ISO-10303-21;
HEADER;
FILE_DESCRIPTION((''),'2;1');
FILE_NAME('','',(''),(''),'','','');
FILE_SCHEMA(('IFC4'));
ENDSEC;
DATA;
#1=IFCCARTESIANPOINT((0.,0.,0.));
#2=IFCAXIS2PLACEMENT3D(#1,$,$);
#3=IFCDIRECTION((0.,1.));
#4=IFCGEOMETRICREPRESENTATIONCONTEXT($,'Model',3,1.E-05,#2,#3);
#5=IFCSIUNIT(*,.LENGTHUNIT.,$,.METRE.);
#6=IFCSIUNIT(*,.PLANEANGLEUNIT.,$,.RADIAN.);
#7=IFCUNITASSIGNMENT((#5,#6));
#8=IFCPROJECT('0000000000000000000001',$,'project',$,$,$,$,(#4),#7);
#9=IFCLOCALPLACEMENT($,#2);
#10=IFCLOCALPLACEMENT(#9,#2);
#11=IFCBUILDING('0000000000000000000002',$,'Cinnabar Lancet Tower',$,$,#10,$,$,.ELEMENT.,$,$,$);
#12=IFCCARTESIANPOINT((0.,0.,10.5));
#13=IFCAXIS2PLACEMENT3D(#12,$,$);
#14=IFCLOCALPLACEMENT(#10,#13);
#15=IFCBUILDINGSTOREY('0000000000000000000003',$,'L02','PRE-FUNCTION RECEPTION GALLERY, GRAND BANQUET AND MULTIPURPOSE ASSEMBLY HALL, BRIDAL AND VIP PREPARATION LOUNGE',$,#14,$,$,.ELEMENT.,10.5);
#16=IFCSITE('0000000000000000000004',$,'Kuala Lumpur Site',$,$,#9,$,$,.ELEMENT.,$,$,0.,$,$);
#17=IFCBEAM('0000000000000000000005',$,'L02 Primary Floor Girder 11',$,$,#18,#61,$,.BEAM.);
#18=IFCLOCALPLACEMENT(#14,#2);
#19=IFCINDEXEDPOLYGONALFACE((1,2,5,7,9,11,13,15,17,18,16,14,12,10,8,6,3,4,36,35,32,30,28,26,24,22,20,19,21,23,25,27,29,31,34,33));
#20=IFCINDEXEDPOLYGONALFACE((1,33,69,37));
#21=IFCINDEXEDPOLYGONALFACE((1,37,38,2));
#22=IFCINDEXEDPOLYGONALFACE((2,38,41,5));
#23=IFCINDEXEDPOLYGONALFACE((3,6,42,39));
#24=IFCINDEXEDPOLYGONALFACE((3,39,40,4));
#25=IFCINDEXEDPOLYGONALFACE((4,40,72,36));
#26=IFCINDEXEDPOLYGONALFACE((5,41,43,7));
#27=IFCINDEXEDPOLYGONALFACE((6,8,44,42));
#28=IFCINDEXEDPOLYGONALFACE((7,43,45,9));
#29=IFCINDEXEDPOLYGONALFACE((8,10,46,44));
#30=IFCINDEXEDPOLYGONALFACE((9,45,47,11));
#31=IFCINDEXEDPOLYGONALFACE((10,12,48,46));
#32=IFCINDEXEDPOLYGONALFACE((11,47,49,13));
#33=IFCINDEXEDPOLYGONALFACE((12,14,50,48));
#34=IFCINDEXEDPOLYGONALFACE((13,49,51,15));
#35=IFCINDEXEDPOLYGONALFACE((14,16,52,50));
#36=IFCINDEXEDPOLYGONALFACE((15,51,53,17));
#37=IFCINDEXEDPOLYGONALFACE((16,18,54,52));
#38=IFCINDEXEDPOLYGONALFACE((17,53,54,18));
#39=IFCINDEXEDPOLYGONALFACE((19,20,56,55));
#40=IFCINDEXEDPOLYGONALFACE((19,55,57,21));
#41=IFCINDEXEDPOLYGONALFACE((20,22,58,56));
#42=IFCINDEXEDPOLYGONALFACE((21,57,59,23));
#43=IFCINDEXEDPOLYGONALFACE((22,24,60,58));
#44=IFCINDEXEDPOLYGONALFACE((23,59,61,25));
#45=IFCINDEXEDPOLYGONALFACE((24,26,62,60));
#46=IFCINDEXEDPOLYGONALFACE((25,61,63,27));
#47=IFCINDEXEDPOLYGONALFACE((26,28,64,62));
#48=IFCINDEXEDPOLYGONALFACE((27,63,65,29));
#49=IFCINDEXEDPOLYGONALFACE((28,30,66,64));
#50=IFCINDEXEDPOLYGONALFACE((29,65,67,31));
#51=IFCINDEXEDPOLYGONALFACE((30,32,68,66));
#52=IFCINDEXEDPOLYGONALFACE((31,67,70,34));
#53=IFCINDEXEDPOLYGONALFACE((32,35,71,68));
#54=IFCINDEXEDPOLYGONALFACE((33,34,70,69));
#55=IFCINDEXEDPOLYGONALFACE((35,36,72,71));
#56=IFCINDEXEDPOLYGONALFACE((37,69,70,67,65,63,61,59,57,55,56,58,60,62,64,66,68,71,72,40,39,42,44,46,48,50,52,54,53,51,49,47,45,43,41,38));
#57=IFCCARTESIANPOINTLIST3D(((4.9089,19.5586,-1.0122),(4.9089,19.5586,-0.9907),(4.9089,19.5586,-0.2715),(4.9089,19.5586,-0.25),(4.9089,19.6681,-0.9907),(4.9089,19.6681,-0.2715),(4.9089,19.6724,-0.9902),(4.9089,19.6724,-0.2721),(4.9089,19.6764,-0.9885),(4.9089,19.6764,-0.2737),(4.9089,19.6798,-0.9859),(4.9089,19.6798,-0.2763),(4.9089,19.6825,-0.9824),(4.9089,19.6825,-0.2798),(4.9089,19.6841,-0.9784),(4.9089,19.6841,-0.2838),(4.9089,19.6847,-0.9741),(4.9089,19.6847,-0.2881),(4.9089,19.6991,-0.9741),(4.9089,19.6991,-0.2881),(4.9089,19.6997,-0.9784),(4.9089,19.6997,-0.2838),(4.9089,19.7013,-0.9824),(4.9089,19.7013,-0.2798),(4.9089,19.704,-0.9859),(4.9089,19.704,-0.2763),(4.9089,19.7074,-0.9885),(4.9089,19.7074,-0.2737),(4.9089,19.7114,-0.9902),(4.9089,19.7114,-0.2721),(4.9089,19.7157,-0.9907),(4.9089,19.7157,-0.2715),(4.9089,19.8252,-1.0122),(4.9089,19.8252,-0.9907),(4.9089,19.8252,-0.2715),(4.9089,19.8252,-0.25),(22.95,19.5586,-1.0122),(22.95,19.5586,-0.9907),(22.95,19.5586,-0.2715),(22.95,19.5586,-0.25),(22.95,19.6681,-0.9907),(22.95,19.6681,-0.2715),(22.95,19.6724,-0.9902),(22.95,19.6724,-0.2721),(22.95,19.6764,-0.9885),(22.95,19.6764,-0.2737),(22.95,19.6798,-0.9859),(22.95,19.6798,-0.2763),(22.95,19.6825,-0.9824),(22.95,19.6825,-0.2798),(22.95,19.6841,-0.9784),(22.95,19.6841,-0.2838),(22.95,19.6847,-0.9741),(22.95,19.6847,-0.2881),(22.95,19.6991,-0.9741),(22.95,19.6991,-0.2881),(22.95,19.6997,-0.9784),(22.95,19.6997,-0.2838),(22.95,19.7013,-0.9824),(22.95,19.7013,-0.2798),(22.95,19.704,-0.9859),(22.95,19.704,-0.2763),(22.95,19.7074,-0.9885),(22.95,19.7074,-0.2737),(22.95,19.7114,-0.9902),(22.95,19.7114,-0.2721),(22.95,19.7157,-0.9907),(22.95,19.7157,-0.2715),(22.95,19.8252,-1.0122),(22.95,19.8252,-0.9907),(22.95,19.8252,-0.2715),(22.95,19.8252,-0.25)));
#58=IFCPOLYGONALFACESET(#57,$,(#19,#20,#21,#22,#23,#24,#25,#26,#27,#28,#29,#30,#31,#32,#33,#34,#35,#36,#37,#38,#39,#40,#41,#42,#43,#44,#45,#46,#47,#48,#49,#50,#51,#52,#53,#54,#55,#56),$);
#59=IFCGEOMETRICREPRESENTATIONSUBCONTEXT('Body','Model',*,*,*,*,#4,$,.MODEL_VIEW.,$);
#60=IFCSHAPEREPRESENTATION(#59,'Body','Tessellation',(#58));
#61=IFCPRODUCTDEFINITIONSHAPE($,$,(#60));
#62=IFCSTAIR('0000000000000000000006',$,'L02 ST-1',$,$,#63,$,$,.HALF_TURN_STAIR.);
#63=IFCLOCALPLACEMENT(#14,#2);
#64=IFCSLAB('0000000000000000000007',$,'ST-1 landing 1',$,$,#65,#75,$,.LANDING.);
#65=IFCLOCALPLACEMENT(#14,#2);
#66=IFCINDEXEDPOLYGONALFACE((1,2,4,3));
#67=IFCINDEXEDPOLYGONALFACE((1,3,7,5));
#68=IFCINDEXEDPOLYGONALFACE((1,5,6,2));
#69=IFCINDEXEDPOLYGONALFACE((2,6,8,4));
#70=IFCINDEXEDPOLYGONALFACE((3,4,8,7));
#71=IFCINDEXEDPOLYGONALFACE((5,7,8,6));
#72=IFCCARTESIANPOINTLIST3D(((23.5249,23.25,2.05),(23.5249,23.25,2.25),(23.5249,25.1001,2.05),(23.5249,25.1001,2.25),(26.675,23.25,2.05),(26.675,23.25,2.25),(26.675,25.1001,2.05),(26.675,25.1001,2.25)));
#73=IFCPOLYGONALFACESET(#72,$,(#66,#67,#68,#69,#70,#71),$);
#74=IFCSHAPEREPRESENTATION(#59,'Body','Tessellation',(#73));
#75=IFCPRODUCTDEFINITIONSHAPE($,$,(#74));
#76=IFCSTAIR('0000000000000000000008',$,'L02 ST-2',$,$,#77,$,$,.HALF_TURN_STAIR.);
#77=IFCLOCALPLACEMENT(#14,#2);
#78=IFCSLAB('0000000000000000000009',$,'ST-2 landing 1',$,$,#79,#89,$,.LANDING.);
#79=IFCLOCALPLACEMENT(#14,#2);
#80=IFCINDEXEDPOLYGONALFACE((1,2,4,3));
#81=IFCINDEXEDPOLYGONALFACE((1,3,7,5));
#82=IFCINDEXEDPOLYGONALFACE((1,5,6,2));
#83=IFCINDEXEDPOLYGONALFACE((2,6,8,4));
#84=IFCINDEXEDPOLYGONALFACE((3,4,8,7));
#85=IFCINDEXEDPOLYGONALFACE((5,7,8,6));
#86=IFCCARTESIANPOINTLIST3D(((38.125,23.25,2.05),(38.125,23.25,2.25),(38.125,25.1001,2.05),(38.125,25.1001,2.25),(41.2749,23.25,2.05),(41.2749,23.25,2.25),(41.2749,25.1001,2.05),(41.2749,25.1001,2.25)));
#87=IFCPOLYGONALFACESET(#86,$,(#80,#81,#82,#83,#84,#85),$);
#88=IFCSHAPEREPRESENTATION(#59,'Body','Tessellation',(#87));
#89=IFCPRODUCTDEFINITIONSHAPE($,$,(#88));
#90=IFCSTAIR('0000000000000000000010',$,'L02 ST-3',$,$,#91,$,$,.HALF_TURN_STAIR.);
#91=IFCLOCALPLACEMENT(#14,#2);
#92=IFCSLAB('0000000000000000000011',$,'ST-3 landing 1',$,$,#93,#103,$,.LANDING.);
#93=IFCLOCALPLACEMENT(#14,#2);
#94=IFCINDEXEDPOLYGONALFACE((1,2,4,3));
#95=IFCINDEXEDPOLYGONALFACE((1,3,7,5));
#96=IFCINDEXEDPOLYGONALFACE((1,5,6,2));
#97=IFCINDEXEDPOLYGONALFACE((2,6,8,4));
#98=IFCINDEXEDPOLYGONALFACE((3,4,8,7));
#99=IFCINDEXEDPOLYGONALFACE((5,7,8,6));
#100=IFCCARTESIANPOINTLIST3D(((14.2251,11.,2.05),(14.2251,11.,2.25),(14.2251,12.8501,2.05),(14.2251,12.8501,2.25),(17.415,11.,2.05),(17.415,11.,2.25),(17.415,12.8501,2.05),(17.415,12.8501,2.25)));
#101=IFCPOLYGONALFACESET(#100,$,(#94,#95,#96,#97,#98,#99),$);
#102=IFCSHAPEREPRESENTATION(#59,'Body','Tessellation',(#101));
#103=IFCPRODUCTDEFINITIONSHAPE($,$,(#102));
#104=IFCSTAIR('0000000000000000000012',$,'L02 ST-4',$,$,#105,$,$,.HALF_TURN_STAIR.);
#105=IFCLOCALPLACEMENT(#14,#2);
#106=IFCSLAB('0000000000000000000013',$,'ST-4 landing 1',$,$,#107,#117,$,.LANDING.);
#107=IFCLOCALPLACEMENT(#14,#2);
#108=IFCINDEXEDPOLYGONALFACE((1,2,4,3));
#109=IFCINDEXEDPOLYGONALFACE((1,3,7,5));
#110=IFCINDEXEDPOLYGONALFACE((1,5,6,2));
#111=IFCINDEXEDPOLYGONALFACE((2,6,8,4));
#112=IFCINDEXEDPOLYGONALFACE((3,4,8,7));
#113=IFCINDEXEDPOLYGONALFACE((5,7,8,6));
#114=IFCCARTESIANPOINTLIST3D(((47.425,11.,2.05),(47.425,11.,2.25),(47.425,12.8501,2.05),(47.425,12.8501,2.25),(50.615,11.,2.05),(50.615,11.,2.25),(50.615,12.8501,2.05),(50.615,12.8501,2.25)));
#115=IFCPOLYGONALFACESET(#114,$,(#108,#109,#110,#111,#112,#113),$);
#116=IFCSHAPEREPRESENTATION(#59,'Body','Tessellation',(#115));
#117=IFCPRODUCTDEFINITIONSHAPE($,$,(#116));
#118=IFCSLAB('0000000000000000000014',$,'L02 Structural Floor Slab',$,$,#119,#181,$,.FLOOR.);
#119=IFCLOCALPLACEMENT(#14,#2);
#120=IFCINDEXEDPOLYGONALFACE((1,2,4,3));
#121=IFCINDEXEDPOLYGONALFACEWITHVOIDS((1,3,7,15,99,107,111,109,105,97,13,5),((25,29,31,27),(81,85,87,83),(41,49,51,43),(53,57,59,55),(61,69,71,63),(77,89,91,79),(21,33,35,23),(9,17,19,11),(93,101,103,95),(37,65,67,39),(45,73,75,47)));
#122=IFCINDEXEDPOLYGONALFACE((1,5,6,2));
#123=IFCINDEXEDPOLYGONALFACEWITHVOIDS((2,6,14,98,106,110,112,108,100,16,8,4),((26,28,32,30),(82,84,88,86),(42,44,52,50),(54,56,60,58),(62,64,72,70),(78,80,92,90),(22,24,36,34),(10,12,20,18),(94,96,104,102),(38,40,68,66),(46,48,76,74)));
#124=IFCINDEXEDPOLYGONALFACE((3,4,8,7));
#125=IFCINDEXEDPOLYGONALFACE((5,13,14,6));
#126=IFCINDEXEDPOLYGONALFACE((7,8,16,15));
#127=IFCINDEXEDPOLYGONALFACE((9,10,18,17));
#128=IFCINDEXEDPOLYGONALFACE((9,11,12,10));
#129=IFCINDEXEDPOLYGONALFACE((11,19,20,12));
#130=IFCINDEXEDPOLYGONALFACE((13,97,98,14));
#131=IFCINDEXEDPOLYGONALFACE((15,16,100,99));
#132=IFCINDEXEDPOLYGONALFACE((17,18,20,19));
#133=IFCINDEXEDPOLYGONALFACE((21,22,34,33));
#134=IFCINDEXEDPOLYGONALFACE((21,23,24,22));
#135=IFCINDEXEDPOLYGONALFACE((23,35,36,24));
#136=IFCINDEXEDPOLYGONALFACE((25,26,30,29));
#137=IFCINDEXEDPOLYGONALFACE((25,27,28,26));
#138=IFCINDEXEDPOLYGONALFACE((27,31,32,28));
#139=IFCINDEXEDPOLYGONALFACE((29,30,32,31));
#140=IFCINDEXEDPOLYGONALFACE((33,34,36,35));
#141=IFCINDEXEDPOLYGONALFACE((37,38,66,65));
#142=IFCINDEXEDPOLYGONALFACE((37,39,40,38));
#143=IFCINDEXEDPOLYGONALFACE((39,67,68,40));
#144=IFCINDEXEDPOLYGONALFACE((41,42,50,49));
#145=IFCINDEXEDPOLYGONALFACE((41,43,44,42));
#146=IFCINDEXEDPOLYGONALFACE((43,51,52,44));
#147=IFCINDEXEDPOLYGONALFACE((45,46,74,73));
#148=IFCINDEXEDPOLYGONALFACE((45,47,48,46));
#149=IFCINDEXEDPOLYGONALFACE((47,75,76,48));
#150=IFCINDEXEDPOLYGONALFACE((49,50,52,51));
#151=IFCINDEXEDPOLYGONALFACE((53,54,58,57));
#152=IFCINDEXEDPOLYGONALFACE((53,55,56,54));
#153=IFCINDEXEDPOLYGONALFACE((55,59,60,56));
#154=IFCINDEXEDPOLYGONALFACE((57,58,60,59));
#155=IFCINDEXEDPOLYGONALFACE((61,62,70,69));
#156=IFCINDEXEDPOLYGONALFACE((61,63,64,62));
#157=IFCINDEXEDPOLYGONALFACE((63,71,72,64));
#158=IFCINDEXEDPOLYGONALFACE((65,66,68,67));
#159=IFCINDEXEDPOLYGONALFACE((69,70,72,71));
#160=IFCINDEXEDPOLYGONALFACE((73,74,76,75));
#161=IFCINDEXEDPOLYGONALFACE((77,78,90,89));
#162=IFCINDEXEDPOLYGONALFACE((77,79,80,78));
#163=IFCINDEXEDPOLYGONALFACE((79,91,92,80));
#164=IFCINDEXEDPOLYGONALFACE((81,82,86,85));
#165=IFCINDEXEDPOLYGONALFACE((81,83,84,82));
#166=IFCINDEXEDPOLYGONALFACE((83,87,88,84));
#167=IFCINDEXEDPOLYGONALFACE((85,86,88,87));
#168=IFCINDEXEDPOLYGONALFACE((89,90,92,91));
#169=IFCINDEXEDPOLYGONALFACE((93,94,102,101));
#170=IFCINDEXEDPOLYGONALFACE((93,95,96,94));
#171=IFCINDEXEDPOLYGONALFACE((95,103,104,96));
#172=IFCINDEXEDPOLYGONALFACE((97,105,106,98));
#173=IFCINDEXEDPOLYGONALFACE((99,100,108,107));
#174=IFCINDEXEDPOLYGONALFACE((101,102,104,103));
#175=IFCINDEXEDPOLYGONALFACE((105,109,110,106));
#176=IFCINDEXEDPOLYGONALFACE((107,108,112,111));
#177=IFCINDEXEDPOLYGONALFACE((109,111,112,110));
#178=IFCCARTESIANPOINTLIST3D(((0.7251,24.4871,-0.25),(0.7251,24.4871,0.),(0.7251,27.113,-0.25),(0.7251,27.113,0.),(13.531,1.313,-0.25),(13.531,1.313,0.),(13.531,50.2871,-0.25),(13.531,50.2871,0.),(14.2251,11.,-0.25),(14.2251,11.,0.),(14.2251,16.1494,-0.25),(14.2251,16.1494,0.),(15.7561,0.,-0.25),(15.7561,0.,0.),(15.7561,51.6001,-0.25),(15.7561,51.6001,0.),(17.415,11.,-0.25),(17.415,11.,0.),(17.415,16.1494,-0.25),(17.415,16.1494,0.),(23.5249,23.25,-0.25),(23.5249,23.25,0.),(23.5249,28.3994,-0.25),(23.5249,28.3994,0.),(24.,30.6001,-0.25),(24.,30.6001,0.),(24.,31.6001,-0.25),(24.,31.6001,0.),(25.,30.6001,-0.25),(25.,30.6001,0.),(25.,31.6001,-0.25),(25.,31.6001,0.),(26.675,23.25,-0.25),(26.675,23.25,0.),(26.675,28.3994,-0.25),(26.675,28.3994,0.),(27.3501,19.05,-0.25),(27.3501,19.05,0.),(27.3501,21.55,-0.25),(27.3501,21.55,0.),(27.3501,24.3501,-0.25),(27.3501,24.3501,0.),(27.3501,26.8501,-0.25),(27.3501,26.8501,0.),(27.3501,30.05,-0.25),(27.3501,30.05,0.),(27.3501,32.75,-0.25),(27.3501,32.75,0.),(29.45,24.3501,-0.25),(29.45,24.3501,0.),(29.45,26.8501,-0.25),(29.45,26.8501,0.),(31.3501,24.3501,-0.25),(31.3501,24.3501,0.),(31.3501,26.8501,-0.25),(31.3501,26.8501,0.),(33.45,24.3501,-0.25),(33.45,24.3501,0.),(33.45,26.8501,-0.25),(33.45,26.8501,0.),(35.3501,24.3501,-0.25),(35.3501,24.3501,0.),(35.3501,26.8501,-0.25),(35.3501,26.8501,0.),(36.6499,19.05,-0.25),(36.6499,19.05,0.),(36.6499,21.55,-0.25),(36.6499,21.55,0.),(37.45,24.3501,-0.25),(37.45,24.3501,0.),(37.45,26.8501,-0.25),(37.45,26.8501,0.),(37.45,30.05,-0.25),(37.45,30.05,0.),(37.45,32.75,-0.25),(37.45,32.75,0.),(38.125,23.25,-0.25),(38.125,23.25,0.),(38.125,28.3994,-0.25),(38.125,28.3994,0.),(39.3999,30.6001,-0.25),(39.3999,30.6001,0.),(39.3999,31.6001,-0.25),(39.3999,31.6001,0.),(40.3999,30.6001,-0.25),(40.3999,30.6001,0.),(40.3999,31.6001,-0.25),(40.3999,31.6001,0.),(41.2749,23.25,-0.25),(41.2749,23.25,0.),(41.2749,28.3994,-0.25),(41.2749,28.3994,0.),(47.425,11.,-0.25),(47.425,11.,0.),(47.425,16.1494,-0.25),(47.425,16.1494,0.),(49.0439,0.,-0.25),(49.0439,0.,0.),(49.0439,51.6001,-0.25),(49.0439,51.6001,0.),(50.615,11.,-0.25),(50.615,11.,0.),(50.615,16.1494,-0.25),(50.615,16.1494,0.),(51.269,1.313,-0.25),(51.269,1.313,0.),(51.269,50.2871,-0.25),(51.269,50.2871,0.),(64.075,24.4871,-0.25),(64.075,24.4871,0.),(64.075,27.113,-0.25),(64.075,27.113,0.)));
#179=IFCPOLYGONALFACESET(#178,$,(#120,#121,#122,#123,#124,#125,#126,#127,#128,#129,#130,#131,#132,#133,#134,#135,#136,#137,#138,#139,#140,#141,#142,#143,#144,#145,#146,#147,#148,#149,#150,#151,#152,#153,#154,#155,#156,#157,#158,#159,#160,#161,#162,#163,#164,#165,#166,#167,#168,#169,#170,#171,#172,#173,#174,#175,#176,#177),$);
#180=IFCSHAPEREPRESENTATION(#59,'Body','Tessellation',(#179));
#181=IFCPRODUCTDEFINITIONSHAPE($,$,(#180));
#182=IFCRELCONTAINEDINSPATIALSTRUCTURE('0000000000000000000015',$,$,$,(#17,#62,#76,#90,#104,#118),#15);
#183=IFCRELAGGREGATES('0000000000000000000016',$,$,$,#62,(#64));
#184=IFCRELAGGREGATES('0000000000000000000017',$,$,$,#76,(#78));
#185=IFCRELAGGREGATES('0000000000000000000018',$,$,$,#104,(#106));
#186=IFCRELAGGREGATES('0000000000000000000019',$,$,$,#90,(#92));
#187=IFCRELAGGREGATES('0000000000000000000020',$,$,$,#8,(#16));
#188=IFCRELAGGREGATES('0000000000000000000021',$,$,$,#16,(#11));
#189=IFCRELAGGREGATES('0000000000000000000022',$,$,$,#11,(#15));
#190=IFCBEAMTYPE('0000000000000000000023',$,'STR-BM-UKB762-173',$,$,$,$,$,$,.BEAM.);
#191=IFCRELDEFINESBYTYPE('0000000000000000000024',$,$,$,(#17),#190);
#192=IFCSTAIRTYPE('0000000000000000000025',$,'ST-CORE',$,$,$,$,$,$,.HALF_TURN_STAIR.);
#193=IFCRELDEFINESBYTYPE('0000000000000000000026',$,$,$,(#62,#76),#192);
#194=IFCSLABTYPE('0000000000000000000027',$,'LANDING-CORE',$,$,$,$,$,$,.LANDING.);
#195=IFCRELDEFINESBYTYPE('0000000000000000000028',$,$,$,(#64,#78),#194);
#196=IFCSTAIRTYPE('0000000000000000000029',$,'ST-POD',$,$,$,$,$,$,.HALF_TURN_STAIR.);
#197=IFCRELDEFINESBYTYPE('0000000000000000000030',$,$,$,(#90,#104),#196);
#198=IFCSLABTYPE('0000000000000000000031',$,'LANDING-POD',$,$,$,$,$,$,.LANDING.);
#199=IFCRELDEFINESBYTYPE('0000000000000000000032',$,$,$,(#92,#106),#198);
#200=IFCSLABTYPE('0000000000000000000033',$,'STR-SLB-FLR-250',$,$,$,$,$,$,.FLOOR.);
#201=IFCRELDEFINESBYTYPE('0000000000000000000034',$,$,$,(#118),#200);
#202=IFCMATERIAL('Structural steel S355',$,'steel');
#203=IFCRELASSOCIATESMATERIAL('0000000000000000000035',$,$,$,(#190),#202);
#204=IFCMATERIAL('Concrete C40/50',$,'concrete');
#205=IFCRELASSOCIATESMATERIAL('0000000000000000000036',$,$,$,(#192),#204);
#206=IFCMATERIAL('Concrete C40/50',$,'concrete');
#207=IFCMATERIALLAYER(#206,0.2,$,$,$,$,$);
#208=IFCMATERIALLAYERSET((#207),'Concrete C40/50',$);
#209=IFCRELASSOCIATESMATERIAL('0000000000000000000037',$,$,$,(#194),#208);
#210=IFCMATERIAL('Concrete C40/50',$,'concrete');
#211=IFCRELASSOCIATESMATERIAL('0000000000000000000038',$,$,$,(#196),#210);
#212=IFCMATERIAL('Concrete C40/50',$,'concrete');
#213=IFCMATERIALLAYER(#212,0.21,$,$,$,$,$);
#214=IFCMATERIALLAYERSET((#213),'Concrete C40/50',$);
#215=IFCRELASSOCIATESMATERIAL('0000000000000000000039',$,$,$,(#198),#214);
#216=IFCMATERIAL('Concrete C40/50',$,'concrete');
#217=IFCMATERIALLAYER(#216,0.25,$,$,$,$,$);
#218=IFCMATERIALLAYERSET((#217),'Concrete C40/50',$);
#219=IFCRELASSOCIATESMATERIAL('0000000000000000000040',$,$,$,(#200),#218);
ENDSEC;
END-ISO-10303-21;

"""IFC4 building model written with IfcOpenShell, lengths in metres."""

from ifc_helpers import new_model, si_unit, direction, frame, origin, origin_2d, place, context, subcontext, project, spatial, polyline, i_section, outline, extrude, material, layer, layer_set, material_profile, profile_set, type_object, element, aggregate, save


model = new_model("IFC4")

# Units and contexts
model_context = context("Model", 3, precision=1e-05, world=origin(), true_north=direction((0.0, 1.0)))
body_context = subcontext(model_context, "Body", "Model", "MODEL_VIEW")
ifc_project = project(units=[si_unit("LENGTHUNIT", "METRE"), si_unit("PLANEANGLEUNIT", "RADIAN")], contexts=[model_context])

# Site, building, storey
site_placement = place(None, origin())
site = spatial("IfcSite", under=ifc_project, at=site_placement, Name="Kuala Lumpur Site", CompositionType="ELEMENT", RefElevation=0.0)
building_placement = place(site_placement, origin())
building = spatial("IfcBuilding", under=site, at=building_placement, Name="Cinnabar Lancet Tower", CompositionType="ELEMENT")
storey_placement = place(building_placement, frame((0.0, 0.0, 10.5)))
storey = spatial("IfcBuildingStorey", under=building, at=storey_placement, Name="L02", Description="PRE-FUNCTION RECEPTION GALLERY, GRAND BANQUET AND MULTIPURPOSE ASSEMBLY HALL, BRIDAL AND VIP PREPARATION LOUNGE", CompositionType="ELEMENT", Elevation=10.5)

# Beam
ifc_material_1 = material(Name="Structural steel S355", Category="steel")
ifc_material_profile_1 = material_profile(ifc_material_1, i_section(OverallWidth=0.2666, OverallDepth=0.7622, WebThickness=0.0144, FlangeThickness=0.0215, FilletRadius=0.0166, at=origin_2d()), Name="UKB 762x267x173")
ifc_profile_set_1 = profile_set([ifc_material_profile_1], Name="Structural steel S355")
beam_type_1 = type_object("IfcBeamType", Name="STR-BM-UKB762-173", PredefinedType="BEAM", material=ifc_profile_set_1)
beam_1_placement = place(storey_placement, frame((4.9089, 19.6919, -0.6311), z_axis=(1.0, 0.0, 0.0), x_axis=(0.0, 1.0, 0.0)))
element("IfcBeam", 1, at=beam_1_placement, inside=storey, type_object=beam_type_1, Name="L02 Primary Floor Girder 11", PredefinedType="BEAM", context=body_context, shape_type="SweptSolid", body=[
    extrude(i_section(OverallWidth=0.2666, OverallDepth=0.7622, WebThickness=0.0144, FlangeThickness=0.0215, FilletRadius=0.0166, at=origin_2d()), origin(), (0.0, 0.0, 1.0), 18.041),
])

# Stairs, slabs
ifc_material_2 = material(Name="Concrete C40/50", Category="concrete")
stair_type_1 = type_object("IfcStairType", Name="ST-CORE", PredefinedType="HALF_TURN_STAIR", material=ifc_material_2)
stair_1_placement = place(storey_placement, origin())
stair_1 = element("IfcStair", 2, at=stair_1_placement, inside=storey, type_object=stair_type_1, Name="L02 ST-1", PredefinedType="HALF_TURN_STAIR")
ifc_material_3 = material(Name="Concrete C40/50", Category="concrete")
ifc_layer_1 = layer(ifc_material_3, 0.2)
ifc_layer_set_1 = layer_set([ifc_layer_1], Name="Concrete C40/50")
slab_type_1 = type_object("IfcSlabType", Name="LANDING-CORE", PredefinedType="LANDING", material=ifc_layer_set_1)
slab_1_placement = place(storey_placement, frame((0.0, 0.0, 2.05)))
slab_1 = element("IfcSlab", 3, at=slab_1_placement, type_object=slab_type_1, Name="ST-1 landing 1", PredefinedType="LANDING", context=body_context, shape_type="SweptSolid", body=[
    extrude(outline(polyline([(23.5249, 25.1001), (23.5249, 23.25), (26.675, 23.25), (26.675, 25.1001), (23.5249, 25.1001)])), origin(), (0.0, 0.0, 1.0), 0.2),
])
aggregate(stair_1, [slab_1])
stair_2_placement = place(storey_placement, origin())
stair_2 = element("IfcStair", 4, at=stair_2_placement, inside=storey, type_object=stair_type_1, Name="L02 ST-2", PredefinedType="HALF_TURN_STAIR")
slab_2_placement = place(storey_placement, frame((0.0, 0.0, 2.05)))
slab_2 = element("IfcSlab", 5, at=slab_2_placement, type_object=slab_type_1, Name="ST-2 landing 1", PredefinedType="LANDING", context=body_context, shape_type="SweptSolid", body=[
    extrude(outline(polyline([(38.125, 25.1001), (38.125, 23.25), (41.2749, 23.25), (41.2749, 25.1001), (38.125, 25.1001)])), origin(), (0.0, 0.0, 1.0), 0.2),
])
aggregate(stair_2, [slab_2])
ifc_material_4 = material(Name="Concrete C40/50", Category="concrete")
stair_type_2 = type_object("IfcStairType", Name="ST-POD", PredefinedType="HALF_TURN_STAIR", material=ifc_material_4)
stair_3_placement = place(storey_placement, origin())
stair_3 = element("IfcStair", 6, at=stair_3_placement, inside=storey, type_object=stair_type_2, Name="L02 ST-3", PredefinedType="HALF_TURN_STAIR")
ifc_material_5 = material(Name="Concrete C40/50", Category="concrete")
ifc_layer_2 = layer(ifc_material_5, 0.21)
ifc_layer_set_2 = layer_set([ifc_layer_2], Name="Concrete C40/50")
slab_type_2 = type_object("IfcSlabType", Name="LANDING-POD", PredefinedType="LANDING", material=ifc_layer_set_2)
slab_3_placement = place(storey_placement, frame((0.0, 0.0, 2.05)))
slab_3 = element("IfcSlab", 7, at=slab_3_placement, type_object=slab_type_2, Name="ST-3 landing 1", PredefinedType="LANDING", context=body_context, shape_type="SweptSolid", body=[
    extrude(outline(polyline([(14.2251, 12.8501), (14.2251, 11.0), (17.415, 11.0), (17.415, 12.8501), (14.2251, 12.8501)])), origin(), (0.0, 0.0, 1.0), 0.2),
])
stair_4_placement = place(storey_placement, origin())
stair_4 = element("IfcStair", 8, at=stair_4_placement, inside=storey, type_object=stair_type_2, Name="L02 ST-4", PredefinedType="HALF_TURN_STAIR")
slab_4_placement = place(storey_placement, frame((0.0, 0.0, 2.05)))
slab_4 = element("IfcSlab", 9, at=slab_4_placement, type_object=slab_type_2, Name="ST-4 landing 1", PredefinedType="LANDING", context=body_context, shape_type="SweptSolid", body=[
    extrude(outline(polyline([(47.425, 12.8501), (47.425, 11.0), (50.615, 11.0), (50.615, 12.8501), (47.425, 12.8501)])), origin(), (0.0, 0.0, 1.0), 0.2),
])
aggregate(stair_4, [slab_4])

# Slab
ifc_material_6 = material(Name="Concrete C40/50", Category="concrete")
ifc_layer_3 = layer(ifc_material_6, 0.25)
ifc_layer_set_3 = layer_set([ifc_layer_3], Name="Concrete C40/50")
slab_type_3 = type_object("IfcSlabType", Name="STR-SLB-FLR-250", PredefinedType="FLOOR", material=ifc_layer_set_3)
slab_5_placement = place(storey_placement, frame((0.0, 0.0, -0.25)))
element("IfcSlab", 10, at=slab_5_placement, inside=storey, type_object=slab_type_3, Name="L02 Structural Floor Slab", PredefinedType="FLOOR", context=body_context, shape_type="SweptSolid", body=[
    extrude(outline(polyline([(13.531, 1.313), (15.7561, 0.0), (49.0439, 0.0), (51.269, 1.313), (64.075, 24.4871), (64.075, 27.113), (51.269, 50.2871), (49.0439, 51.6001), (15.7561, 51.6001), (13.531, 50.2871), (0.7251, 27.113), (0.7251, 24.4871), (13.531, 1.313)]), holes=[polyline([(23.5249, 23.25), (26.675, 23.25), (26.675, 28.3994), (23.5249, 28.3994), (23.5249, 23.25)]), polyline([(38.125, 23.25), (41.2749, 23.25), (41.2749, 28.3994), (38.125, 28.3994), (38.125, 23.25)]), polyline([(14.2251, 11.0), (17.415, 11.0), (17.415, 16.1494), (14.2251, 16.1494), (14.2251, 11.0)]), polyline([(47.425, 11.0), (50.615, 11.0), (50.615, 16.1494), (47.425, 16.1494), (47.425, 11.0)]), polyline([(27.3501, 30.05), (37.45, 30.05), (37.45, 32.75), (27.3501, 32.75), (27.3501, 30.05)]), polyline([(27.3501, 19.05), (36.6499, 19.05), (36.6499, 21.55), (27.3501, 21.55), (27.3501, 19.05)]), polyline([(27.3501, 24.3501), (29.45, 24.3501), (29.45, 26.8501), (27.3501, 26.8501), (27.3501, 24.3501)]), polyline([(35.3501, 24.3501), (37.45, 24.3501), (37.45, 26.8501), (35.3501, 26.8501), (35.3501, 24.3501)]), polyline([(31.3501, 24.3501), (33.45, 24.3501), (33.45, 26.8501), (31.3501, 26.8501), (31.3501, 24.3501)]), polyline([(24.0, 30.6001), (25.0, 30.6001), (25.0, 31.6001), (24.0, 31.6001), (24.0, 30.6001)]), polyline([(39.3999, 30.6001), (40.3999, 30.6001), (40.3999, 31.6001), (39.3999, 31.6001), (39.3999, 30.6001)])]), origin(), (0.0, 0.0, 1.0), 0.25),
])

aggregate(stair_3, [slab_3])

save(model, "model.ifc")
